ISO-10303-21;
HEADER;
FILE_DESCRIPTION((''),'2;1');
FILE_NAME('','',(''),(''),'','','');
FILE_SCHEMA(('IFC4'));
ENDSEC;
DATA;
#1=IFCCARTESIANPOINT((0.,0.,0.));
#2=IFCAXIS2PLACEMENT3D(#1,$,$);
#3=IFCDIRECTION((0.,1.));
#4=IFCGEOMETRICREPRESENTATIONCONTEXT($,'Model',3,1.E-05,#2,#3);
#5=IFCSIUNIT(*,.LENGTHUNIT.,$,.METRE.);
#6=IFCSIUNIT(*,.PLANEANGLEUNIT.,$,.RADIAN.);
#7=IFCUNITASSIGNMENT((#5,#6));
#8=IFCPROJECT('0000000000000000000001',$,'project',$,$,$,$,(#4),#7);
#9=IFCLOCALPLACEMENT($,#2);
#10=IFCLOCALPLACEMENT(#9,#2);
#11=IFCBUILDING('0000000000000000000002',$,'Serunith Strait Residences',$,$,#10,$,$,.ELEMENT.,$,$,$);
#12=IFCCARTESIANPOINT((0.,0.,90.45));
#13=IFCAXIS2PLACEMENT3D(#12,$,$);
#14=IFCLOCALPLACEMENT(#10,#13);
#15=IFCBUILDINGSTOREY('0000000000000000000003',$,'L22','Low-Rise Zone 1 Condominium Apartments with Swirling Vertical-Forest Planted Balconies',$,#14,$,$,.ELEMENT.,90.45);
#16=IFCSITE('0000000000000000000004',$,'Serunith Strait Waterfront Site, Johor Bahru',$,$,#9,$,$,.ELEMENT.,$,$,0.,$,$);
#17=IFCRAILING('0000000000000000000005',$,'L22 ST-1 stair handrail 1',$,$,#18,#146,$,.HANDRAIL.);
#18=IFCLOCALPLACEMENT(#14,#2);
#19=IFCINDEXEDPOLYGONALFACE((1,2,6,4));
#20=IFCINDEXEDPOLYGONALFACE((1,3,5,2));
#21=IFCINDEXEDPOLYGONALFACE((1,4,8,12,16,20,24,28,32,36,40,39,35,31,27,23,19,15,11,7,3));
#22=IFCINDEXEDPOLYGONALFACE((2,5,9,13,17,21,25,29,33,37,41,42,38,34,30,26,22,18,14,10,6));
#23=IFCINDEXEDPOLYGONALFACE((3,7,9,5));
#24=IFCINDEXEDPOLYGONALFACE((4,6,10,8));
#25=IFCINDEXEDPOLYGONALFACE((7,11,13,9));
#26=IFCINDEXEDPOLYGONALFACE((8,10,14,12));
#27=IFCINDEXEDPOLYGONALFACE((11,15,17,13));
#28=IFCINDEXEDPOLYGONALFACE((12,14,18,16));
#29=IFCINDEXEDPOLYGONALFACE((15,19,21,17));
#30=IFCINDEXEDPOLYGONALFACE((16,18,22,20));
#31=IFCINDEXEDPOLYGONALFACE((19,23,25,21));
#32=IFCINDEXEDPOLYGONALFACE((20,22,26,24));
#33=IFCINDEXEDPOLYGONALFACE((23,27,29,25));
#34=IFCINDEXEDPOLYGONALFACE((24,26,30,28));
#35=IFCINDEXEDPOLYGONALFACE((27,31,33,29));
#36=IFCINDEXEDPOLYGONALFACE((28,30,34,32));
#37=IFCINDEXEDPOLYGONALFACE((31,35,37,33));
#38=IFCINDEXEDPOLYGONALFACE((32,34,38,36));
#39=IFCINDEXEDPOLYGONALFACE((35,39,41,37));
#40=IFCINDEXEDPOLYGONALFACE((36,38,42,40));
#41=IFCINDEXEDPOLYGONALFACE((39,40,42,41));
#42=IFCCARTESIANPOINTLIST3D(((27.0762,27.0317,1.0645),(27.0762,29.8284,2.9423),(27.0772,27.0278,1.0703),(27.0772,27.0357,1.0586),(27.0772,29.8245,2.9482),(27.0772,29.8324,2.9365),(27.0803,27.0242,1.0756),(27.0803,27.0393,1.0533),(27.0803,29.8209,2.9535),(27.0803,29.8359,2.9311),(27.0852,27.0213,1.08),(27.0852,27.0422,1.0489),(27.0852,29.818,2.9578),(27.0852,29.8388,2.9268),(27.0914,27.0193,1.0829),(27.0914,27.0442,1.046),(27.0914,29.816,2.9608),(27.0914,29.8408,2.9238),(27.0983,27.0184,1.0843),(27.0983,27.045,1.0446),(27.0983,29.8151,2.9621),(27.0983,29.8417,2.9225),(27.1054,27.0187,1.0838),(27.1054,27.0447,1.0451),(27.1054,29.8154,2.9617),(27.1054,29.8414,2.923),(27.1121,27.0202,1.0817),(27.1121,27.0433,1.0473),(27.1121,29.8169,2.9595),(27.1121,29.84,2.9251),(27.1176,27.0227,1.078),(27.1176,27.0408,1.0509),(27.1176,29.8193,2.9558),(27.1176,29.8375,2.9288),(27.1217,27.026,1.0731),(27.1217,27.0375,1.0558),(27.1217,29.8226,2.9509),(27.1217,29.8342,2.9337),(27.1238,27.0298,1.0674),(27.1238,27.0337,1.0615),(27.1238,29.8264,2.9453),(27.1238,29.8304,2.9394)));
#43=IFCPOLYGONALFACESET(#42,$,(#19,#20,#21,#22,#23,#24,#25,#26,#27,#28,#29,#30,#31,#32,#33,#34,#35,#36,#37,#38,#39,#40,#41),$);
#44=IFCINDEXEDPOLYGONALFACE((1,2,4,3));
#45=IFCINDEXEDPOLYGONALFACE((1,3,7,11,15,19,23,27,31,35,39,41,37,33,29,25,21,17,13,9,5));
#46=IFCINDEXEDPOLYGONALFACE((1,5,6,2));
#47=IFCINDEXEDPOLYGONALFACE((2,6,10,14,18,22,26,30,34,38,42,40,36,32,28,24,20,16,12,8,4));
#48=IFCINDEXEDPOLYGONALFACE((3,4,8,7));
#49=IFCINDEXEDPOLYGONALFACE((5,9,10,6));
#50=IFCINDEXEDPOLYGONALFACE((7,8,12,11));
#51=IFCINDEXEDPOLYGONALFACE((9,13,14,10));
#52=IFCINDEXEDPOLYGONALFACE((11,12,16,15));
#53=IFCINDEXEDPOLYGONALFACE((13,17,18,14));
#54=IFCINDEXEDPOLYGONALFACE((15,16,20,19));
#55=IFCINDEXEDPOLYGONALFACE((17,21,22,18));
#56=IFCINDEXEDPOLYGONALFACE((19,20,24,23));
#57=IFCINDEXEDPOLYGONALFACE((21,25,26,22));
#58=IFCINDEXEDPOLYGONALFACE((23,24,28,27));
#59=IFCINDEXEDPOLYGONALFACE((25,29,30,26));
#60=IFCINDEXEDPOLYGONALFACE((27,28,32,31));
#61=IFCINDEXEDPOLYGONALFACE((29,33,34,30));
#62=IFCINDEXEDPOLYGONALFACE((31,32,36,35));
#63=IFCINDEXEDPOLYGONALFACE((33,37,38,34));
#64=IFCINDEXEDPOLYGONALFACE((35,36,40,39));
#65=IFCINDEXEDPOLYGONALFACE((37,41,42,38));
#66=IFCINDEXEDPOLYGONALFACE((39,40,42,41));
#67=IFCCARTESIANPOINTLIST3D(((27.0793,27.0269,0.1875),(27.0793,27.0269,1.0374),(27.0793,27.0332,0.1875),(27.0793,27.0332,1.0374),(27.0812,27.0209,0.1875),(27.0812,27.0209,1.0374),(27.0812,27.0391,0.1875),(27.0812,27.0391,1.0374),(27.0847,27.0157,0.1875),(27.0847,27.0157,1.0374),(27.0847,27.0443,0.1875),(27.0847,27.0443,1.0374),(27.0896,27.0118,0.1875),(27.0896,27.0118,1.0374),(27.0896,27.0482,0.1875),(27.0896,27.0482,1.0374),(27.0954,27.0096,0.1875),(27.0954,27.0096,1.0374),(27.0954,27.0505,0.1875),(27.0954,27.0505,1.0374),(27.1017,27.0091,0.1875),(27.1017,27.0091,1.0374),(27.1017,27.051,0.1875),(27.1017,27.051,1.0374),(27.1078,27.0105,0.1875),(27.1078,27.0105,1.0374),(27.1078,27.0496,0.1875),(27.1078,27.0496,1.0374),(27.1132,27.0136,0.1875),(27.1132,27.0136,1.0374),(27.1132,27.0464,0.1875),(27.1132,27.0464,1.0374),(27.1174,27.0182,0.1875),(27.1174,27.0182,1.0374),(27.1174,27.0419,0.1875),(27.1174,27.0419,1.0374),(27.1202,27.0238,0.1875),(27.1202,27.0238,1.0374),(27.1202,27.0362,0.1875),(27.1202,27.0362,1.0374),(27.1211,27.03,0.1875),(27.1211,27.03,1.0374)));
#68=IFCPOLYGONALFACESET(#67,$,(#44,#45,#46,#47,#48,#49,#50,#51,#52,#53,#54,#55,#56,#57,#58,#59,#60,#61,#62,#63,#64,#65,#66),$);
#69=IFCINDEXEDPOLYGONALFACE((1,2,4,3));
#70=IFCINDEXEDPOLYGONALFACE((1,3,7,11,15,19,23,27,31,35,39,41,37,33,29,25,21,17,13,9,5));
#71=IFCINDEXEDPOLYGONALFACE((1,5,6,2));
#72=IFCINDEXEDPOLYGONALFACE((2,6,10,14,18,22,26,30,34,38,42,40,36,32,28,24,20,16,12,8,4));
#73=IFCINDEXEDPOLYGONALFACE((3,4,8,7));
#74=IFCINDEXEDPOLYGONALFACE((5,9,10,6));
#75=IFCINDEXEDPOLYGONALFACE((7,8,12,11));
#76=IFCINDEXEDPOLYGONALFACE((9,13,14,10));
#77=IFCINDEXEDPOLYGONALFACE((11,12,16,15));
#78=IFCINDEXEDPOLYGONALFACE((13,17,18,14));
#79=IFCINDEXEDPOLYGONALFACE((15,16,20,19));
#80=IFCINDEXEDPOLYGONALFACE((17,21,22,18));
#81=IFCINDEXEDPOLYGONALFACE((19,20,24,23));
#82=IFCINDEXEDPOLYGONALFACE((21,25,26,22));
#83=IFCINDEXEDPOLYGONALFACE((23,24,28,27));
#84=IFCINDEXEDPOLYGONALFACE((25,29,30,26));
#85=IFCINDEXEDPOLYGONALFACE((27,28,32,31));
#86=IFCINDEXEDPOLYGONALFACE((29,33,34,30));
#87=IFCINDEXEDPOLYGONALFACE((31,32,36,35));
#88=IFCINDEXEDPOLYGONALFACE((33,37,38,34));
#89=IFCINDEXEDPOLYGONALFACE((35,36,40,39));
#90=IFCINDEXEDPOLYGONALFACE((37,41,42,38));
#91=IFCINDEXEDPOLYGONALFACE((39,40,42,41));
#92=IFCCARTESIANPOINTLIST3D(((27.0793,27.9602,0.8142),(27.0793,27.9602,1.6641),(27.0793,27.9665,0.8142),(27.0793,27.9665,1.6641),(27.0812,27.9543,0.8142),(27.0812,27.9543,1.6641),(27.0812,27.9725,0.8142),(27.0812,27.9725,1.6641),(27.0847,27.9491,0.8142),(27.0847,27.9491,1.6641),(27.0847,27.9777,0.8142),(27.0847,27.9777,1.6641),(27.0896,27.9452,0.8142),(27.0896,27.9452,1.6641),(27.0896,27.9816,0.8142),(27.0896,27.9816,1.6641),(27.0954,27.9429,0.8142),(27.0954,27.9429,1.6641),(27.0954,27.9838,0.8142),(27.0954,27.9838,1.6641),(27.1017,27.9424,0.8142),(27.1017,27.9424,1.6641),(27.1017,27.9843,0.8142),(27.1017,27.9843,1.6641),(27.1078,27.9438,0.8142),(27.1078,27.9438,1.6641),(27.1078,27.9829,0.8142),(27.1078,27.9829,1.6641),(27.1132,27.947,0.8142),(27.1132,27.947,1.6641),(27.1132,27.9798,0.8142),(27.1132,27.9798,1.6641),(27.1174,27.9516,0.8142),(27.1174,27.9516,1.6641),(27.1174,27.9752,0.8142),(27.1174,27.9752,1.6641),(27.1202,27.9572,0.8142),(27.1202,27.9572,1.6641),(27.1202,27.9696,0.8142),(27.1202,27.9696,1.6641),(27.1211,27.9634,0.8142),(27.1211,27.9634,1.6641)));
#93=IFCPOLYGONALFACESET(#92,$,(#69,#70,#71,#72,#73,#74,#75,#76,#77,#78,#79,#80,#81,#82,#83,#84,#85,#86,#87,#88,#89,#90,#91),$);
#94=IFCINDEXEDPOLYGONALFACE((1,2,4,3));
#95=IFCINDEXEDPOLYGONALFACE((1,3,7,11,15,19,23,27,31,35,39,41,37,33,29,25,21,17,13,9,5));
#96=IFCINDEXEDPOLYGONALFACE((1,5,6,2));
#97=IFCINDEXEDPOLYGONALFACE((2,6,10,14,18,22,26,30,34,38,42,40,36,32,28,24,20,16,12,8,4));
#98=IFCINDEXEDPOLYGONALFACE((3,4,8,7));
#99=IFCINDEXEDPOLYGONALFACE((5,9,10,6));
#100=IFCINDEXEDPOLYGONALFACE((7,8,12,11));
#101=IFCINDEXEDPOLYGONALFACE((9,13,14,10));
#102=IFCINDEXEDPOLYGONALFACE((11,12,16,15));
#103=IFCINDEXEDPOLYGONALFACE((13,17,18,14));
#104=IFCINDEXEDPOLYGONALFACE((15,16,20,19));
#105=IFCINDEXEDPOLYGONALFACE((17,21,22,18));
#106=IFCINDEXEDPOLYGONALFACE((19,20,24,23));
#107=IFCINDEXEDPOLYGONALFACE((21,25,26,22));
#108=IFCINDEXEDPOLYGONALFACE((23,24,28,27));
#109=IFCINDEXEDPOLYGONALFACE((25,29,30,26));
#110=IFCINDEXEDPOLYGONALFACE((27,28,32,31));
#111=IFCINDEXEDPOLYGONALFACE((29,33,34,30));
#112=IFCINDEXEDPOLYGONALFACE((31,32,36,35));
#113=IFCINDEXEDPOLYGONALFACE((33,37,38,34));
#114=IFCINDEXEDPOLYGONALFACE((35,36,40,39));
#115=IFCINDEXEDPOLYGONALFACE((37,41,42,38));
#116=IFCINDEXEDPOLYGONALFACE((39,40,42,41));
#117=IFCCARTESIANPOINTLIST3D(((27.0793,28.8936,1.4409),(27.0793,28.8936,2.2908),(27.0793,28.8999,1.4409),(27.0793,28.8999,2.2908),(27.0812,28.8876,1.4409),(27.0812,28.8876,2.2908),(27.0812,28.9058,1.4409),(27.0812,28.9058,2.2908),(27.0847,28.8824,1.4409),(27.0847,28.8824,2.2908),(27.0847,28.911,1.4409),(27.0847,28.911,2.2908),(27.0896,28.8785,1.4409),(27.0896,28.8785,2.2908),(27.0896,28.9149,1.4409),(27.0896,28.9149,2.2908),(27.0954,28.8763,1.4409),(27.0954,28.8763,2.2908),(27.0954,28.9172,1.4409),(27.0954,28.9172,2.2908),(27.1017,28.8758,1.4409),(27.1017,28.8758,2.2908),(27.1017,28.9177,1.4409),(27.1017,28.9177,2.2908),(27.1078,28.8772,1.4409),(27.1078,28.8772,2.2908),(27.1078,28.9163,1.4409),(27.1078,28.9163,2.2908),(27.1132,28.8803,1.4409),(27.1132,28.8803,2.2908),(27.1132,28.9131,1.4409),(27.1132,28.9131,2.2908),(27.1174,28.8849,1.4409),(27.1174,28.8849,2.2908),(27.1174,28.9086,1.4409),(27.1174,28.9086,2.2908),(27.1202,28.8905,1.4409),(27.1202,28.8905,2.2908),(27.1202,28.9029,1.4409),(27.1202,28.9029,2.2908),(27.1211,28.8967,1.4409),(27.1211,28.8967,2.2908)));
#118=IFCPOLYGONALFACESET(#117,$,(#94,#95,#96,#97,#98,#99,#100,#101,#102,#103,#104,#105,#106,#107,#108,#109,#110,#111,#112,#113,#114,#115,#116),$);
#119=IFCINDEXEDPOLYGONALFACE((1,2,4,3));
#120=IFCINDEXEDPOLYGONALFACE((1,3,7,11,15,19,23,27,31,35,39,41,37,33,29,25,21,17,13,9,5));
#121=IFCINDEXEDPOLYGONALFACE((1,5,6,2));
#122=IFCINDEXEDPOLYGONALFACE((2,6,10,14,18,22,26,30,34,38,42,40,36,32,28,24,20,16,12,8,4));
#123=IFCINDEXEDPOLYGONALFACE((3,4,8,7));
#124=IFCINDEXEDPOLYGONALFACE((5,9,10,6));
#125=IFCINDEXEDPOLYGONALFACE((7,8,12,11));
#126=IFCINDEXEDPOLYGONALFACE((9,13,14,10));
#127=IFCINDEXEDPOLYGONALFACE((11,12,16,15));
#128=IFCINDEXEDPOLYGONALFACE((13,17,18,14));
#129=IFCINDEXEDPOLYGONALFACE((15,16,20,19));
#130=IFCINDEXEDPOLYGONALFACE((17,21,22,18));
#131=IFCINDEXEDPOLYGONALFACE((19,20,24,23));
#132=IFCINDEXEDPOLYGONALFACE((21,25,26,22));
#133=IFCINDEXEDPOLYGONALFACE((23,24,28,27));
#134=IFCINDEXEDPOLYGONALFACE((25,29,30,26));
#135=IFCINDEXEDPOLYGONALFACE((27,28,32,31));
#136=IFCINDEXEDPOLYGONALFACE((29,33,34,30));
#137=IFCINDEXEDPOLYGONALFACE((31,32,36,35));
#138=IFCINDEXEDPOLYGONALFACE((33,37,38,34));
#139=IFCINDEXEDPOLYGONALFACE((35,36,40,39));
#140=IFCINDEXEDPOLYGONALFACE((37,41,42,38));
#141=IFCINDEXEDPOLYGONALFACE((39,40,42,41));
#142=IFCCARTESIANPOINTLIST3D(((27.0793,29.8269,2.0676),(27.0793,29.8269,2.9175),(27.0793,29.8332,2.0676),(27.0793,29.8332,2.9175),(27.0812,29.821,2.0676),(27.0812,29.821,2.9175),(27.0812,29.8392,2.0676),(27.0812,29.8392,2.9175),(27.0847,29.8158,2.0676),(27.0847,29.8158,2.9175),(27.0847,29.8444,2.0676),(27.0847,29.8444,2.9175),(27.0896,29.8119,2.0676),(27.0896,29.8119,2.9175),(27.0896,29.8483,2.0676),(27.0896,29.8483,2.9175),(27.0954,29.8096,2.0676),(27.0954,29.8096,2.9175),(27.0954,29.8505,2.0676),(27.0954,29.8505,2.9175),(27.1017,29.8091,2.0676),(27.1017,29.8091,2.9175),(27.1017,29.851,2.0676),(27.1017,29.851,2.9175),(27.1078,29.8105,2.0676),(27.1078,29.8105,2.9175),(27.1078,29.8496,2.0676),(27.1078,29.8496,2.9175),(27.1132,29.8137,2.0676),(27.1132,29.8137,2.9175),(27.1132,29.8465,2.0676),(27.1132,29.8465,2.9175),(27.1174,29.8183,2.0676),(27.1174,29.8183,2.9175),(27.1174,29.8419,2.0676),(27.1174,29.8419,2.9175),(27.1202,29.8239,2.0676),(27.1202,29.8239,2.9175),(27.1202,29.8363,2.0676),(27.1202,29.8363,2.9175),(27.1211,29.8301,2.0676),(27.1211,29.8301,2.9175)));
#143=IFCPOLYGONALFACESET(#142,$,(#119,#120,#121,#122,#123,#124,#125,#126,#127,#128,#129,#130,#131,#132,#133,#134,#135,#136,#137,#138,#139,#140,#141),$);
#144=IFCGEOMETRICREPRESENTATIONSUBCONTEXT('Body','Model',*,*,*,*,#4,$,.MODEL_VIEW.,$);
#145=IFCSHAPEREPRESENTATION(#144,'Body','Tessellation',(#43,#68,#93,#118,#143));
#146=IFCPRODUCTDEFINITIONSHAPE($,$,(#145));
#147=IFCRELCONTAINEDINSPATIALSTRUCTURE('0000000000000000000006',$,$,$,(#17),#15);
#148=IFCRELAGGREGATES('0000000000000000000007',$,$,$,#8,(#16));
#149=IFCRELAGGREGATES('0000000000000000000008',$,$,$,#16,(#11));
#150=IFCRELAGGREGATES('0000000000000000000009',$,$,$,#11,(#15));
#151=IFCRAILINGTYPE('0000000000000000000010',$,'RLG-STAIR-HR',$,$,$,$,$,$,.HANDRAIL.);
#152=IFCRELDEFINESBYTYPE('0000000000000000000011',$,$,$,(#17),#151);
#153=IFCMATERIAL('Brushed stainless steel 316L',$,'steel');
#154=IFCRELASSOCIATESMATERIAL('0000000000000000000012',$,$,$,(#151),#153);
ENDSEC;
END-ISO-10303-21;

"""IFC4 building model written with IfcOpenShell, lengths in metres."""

from ifc_helpers import new_model, si_unit, direction, frame, origin, origin_2d, place, context, subcontext, project, spatial, circle, extrude, material, type_object, element, save


model = new_model("IFC4")

# Units and contexts
model_context = context("Model", 3, precision=1e-05, world=origin(), true_north=direction((0.0, 1.0)))
body_context = subcontext(model_context, "Body", "Model", "MODEL_VIEW")
ifc_project = project(units=[si_unit("LENGTHUNIT", "METRE"), si_unit("PLANEANGLEUNIT", "RADIAN")], contexts=[model_context])

# Site, building, storey
site_placement = place(None, origin())
site = spatial("IfcSite", under=ifc_project, at=site_placement, Name="Serunith Strait Waterfront Site, Johor Bahru", CompositionType="ELEMENT", RefElevation=0.0)
building_placement = place(site_placement, origin())
building = spatial("IfcBuilding", under=site, at=building_placement, Name="Serunith Strait Residences", CompositionType="ELEMENT")
storey_placement = place(building_placement, frame((0.0, 0.0, 90.45)))
storey = spatial("IfcBuildingStorey", under=building, at=storey_placement, Name="L22", Description="Low-Rise Zone 1 Condominium Apartments with Swirling Vertical-Forest Planted Balconies", CompositionType="ELEMENT", Elevation=90.45)

# Railing
ifc_material_1 = material(Name="Brushed stainless steel 316L", Category="steel")
railing_type_1 = type_object("IfcRailingType", Name="RLG-STAIR-HR", PredefinedType="HANDRAIL", material=ifc_material_1)
railing_1_placement = place(storey_placement, frame((27.1001, 27.03, 0.1875)))
element("IfcRailing", 1, at=railing_1_placement, inside=storey, type_object=railing_type_1, Name="L22 ST-1 stair handrail 1", PredefinedType="HANDRAIL", context=body_context, shape_type="SweptSolid", body=[
    extrude(circle(Radius=0.0239, at=origin_2d()), frame((0.0, 0.0017, 0.877), z_axis=(0.0, 0.830208, 0.557453), x_axis=(-1.0, 0.0, 0.0)), (0.0, 0.0, 1.0), 3.3687),
    extrude(circle(Radius=0.021, at=origin_2d()), origin(), (0.0, 0.0, 1.0), 0.8499),
    extrude(circle(Radius=0.021, at=origin_2d()), frame((0.0, 0.9333, 0.6267)), (0.0, 0.0, 1.0), 0.8499),
    extrude(circle(Radius=0.021, at=origin_2d()), frame((0.0, 1.8667, 1.2534)), (0.0, 0.0, 1.0), 0.8499),
    extrude(circle(Radius=0.021, at=origin_2d()), frame((0.0, 2.8, 1.8801)), (0.0, 0.0, 1.0), 0.8499),
])

save(model, "model.ifc")
